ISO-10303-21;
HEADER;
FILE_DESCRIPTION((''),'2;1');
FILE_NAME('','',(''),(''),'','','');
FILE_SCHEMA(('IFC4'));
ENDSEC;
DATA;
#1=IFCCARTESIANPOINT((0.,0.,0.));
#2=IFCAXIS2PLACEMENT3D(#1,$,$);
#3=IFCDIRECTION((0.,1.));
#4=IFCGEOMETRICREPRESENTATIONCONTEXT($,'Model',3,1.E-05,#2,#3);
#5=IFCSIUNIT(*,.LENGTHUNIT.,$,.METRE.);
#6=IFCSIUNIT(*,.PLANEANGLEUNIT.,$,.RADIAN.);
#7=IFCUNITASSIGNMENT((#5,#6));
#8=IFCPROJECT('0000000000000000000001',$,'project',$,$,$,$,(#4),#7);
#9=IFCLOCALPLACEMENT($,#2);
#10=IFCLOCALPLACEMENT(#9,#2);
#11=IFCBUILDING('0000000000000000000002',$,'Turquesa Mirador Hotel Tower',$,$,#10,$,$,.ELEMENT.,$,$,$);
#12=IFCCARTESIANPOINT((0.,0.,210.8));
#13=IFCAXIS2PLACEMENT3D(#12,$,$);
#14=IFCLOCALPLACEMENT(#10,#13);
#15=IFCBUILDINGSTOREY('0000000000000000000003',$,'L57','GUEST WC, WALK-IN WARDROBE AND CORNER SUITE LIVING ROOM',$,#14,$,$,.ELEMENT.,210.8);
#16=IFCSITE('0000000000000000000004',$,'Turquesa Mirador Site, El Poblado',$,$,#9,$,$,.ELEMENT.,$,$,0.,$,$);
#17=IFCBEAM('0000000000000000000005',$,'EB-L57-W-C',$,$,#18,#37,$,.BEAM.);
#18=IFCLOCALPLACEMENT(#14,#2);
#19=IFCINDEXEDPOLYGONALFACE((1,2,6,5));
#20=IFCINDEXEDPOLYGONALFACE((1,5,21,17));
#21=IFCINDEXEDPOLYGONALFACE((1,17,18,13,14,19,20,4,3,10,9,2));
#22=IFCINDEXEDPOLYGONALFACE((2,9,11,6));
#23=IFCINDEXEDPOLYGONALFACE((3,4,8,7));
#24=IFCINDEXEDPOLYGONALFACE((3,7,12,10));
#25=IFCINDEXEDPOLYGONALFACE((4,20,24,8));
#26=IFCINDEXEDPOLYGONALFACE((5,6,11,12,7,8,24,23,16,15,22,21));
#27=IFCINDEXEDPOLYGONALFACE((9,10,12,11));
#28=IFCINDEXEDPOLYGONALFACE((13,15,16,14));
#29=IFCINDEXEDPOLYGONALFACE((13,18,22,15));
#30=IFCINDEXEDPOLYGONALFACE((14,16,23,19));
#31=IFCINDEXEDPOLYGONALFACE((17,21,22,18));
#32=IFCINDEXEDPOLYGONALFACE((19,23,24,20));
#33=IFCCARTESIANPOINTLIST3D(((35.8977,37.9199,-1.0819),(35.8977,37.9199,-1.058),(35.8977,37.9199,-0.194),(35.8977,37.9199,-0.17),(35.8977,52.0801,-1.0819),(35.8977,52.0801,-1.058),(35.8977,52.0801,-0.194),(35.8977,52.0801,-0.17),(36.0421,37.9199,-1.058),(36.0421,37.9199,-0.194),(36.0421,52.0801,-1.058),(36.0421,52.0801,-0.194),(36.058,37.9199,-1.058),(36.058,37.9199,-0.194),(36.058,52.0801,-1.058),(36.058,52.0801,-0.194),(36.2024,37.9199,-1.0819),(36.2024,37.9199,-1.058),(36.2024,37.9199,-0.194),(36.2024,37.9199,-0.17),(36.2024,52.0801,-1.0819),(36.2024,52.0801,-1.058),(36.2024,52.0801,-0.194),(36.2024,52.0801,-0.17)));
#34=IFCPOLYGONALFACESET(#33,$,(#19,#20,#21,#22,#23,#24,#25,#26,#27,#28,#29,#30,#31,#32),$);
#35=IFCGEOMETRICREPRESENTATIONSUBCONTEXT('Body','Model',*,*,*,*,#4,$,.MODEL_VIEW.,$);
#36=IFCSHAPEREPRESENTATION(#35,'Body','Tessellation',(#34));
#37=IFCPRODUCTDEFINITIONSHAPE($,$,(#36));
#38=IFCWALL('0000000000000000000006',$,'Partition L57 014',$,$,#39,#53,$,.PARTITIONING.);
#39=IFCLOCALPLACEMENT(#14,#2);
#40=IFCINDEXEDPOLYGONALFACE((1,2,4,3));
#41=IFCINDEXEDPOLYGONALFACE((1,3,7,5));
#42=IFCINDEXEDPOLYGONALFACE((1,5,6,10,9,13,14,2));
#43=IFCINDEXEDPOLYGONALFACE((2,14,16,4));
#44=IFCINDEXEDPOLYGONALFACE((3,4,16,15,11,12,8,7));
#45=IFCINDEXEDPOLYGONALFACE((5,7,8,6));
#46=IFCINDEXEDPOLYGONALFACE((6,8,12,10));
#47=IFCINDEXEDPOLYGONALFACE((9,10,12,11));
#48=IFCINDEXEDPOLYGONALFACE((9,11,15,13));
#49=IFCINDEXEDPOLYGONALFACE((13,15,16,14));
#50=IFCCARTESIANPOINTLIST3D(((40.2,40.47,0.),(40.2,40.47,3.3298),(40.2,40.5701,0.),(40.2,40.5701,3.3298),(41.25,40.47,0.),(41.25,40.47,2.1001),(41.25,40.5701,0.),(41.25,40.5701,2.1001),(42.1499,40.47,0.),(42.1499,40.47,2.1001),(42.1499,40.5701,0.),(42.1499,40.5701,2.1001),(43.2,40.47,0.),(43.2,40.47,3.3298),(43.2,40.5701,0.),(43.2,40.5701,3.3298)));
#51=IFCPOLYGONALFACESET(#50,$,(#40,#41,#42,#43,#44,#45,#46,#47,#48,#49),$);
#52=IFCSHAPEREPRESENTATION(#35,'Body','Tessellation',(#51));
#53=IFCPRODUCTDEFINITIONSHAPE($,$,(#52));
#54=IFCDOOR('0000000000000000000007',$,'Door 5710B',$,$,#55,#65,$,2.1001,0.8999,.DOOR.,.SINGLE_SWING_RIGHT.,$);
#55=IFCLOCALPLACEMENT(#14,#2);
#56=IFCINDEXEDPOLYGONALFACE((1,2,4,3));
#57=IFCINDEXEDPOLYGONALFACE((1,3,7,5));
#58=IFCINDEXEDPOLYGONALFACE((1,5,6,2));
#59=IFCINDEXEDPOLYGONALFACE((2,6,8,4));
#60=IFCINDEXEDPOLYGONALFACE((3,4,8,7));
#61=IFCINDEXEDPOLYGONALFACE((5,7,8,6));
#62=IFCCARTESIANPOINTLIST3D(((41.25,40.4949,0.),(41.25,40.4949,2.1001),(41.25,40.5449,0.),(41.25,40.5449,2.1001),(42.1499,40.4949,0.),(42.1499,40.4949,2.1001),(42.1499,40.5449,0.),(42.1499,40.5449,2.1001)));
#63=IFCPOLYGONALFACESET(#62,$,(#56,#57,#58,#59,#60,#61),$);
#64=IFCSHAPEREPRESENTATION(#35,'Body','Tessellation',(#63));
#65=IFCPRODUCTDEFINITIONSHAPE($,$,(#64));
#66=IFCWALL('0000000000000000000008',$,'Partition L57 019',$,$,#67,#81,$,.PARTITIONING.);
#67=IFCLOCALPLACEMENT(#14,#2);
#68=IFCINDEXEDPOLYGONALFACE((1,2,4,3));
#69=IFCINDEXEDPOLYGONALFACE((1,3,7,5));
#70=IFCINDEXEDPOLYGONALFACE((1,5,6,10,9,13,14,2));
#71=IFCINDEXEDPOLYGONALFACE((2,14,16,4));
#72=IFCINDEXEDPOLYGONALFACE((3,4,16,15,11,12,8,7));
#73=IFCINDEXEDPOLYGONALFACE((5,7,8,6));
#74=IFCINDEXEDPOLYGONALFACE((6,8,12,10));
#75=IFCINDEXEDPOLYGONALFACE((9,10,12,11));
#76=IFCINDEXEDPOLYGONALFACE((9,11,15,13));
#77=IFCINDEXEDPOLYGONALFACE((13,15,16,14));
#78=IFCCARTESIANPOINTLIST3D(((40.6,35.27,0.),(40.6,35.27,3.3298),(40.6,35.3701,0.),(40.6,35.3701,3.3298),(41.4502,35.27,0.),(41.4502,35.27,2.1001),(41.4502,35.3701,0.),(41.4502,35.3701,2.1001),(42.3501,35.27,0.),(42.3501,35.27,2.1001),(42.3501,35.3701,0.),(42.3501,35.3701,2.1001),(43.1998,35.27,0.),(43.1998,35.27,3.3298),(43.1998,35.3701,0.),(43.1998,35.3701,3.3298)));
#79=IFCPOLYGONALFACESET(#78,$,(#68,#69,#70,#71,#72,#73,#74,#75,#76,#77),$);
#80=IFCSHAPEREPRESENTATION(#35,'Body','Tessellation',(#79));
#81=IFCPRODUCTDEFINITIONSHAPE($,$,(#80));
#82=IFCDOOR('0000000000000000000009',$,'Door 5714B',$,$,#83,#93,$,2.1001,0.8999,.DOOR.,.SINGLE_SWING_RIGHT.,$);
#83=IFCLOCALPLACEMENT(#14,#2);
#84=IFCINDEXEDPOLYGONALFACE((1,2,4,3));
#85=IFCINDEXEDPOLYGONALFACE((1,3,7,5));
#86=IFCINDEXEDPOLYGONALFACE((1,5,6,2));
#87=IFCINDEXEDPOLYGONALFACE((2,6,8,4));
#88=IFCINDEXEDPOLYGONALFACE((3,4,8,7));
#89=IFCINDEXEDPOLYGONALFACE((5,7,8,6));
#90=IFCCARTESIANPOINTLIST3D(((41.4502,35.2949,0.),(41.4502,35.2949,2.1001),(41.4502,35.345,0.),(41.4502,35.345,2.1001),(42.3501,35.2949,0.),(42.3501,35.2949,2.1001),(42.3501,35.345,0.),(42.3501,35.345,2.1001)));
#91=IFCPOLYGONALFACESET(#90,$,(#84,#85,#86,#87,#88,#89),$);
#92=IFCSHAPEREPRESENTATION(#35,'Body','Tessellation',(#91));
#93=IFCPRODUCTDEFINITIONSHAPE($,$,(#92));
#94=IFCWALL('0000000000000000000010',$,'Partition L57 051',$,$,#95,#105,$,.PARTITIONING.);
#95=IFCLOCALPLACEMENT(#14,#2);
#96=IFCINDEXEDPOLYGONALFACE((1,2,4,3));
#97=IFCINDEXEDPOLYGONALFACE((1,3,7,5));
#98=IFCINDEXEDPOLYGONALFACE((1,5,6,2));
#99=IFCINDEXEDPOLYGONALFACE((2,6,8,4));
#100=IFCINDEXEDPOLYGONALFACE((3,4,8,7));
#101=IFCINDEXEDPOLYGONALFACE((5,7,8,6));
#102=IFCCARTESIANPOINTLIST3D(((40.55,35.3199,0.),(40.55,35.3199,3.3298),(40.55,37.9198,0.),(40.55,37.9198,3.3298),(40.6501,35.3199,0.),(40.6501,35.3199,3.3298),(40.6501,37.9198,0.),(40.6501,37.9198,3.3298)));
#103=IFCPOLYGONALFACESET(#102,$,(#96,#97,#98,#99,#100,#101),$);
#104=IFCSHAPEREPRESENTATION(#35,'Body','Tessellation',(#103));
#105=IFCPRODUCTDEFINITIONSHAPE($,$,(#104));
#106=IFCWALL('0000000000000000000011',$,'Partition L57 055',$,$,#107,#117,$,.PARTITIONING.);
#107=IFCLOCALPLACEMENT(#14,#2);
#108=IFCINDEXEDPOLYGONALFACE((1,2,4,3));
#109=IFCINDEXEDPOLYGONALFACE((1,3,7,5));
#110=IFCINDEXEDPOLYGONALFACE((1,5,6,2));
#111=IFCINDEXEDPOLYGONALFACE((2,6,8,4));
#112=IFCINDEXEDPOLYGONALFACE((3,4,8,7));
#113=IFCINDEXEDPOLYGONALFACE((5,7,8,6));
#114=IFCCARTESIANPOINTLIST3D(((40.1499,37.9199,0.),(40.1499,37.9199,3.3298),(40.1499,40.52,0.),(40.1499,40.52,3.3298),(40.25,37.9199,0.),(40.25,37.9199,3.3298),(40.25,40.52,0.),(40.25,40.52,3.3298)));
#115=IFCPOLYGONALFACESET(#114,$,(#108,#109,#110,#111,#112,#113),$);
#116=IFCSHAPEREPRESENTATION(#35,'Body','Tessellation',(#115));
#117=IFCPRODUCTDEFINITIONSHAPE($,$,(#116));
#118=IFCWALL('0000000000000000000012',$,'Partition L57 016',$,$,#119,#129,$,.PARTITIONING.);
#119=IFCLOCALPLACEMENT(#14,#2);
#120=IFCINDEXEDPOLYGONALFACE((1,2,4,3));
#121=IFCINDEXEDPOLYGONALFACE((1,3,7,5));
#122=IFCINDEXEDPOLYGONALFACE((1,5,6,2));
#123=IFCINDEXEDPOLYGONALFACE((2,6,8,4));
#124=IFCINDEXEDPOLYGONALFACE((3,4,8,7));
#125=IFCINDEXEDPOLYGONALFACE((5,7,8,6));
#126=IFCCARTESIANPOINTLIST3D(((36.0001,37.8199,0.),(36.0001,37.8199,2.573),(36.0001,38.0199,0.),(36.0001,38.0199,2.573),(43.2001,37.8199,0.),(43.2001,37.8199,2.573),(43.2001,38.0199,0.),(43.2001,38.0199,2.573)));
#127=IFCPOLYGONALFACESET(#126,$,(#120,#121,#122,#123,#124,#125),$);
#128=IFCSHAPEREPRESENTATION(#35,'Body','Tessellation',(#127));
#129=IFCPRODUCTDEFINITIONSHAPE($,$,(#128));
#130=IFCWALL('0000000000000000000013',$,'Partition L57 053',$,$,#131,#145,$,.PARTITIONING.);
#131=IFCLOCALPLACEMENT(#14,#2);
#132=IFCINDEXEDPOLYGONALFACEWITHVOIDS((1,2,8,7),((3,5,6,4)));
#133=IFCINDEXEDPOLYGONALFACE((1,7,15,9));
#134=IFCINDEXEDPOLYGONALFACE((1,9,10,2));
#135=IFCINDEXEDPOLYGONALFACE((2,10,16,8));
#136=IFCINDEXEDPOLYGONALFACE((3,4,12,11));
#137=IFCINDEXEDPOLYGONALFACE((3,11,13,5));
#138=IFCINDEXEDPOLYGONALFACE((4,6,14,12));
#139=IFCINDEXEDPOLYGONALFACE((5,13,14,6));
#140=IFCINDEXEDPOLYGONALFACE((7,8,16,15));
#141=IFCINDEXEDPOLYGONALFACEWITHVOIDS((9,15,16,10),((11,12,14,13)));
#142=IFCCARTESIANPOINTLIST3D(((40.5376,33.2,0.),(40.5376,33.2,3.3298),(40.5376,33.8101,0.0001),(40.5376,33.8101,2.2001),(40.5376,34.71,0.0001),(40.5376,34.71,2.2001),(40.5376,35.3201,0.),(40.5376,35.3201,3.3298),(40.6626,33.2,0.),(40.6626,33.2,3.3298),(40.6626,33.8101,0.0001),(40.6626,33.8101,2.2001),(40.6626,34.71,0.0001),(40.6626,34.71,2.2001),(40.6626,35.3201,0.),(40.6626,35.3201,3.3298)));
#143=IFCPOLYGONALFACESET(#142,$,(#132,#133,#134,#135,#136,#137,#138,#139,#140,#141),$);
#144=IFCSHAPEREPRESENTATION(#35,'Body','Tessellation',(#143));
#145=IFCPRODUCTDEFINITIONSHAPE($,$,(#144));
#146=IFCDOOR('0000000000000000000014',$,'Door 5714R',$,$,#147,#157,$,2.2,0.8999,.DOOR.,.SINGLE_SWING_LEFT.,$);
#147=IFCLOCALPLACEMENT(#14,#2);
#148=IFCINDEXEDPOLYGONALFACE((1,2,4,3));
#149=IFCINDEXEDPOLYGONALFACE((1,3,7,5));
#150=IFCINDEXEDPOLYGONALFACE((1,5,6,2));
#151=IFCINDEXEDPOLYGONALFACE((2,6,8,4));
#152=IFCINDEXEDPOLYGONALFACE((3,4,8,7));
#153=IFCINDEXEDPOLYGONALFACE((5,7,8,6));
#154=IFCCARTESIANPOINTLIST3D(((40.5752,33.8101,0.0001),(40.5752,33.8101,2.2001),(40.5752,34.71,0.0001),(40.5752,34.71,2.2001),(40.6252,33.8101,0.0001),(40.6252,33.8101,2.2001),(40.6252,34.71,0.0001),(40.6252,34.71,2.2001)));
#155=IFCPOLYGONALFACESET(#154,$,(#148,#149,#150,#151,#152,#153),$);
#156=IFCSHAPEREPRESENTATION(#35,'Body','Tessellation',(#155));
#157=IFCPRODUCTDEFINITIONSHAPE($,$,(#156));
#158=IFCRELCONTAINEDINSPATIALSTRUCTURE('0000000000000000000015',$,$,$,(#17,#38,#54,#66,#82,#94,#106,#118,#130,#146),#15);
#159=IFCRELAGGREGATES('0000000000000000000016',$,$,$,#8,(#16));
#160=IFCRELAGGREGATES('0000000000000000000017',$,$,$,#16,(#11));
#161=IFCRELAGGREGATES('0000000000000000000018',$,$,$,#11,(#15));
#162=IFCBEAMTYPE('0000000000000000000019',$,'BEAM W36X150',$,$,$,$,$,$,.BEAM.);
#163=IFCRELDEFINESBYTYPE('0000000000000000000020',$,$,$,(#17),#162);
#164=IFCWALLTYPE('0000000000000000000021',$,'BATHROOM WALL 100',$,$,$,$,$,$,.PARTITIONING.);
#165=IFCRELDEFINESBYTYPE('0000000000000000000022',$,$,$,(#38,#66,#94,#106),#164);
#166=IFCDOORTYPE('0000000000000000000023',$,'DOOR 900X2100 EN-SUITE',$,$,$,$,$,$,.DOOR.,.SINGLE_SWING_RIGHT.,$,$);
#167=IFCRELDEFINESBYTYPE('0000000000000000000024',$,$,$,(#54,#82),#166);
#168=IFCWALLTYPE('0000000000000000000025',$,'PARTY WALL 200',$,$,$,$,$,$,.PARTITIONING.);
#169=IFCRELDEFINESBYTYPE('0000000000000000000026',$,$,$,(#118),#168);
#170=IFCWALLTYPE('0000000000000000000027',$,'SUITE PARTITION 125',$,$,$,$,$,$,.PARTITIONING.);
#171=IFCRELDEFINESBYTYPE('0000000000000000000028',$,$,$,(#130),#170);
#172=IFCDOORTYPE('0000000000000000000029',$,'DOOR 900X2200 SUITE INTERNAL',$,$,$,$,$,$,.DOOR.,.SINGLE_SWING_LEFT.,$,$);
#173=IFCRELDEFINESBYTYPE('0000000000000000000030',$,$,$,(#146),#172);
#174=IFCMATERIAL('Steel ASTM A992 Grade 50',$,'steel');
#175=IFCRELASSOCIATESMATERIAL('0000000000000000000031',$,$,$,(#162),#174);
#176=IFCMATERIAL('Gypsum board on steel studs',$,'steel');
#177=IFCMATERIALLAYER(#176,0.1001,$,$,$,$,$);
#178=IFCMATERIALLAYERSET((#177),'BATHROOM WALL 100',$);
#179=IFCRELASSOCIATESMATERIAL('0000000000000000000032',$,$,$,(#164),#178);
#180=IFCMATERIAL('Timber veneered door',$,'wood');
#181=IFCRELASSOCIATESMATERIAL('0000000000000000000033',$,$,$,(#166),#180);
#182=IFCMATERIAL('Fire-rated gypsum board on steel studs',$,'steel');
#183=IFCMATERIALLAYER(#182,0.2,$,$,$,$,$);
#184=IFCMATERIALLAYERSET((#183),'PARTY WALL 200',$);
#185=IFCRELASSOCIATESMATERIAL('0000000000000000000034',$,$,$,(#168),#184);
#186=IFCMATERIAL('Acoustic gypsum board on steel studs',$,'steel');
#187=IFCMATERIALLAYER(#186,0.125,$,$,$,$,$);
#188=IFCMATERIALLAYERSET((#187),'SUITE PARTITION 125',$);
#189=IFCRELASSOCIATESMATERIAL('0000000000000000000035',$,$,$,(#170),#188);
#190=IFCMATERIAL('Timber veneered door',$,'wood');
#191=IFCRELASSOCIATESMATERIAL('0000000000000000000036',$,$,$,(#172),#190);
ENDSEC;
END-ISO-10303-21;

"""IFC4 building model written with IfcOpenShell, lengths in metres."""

from ifc_helpers import new_model, si_unit, direction, frame, frame_2d, origin, origin_2d, place, context, subcontext, project, spatial, rectangle, i_section, extrude, material, layer, layer_set, material_profile, profile_set, type_object, element, fill, save


model = new_model("IFC4")

# Units and contexts
model_context = context("Model", 3, precision=1e-05, world=origin(), true_north=direction((0.0, 1.0)))
body_context = subcontext(model_context, "Body", "Model", "MODEL_VIEW")
ifc_project = project(units=[si_unit("LENGTHUNIT", "METRE"), si_unit("PLANEANGLEUNIT", "RADIAN")], contexts=[model_context])

# Site, building, storey
site_placement = place(None, origin())
site = spatial("IfcSite", under=ifc_project, at=site_placement, Name="Turquesa Mirador Site, El Poblado", CompositionType="ELEMENT", RefElevation=0.0)
building_placement = place(site_placement, origin())
building = spatial("IfcBuilding", under=site, at=building_placement, Name="Turquesa Mirador Hotel Tower", CompositionType="ELEMENT")
storey_placement = place(building_placement, frame((0.0, 0.0, 210.8)))
storey = spatial("IfcBuildingStorey", under=building, at=storey_placement, Name="L57", Description="GUEST WC, WALK-IN WARDROBE AND CORNER SUITE LIVING ROOM", CompositionType="ELEMENT", Elevation=210.8)

# Beam
ifc_material_1 = material(Name="Steel ASTM A992 Grade 50", Category="steel")
ifc_material_profile_1 = material_profile(ifc_material_1, i_section(OverallWidth=0.3047, OverallDepth=0.9119, WebThickness=0.0159, FlangeThickness=0.0239, at=origin_2d()), Name="W36X150")
ifc_profile_set_1 = profile_set([ifc_material_profile_1], Name="Steel ASTM A992 Grade 50")
beam_type_1 = type_object("IfcBeamType", Name="BEAM W36X150", PredefinedType="BEAM", material=ifc_profile_set_1)
beam_1_placement = place(storey_placement, frame((36.05, 37.9199, -0.626), z_axis=(0.0, 1.0, 0.0), x_axis=(-1.0, 0.0, 0.0)))
element("IfcBeam", 1, at=beam_1_placement, inside=storey, type_object=beam_type_1, Name="EB-L57-W-C", PredefinedType="BEAM", context=body_context, shape_type="SweptSolid", body=[
    extrude(i_section(OverallWidth=0.3047, OverallDepth=0.9119, WebThickness=0.0159, FlangeThickness=0.0239, at=origin_2d()), origin(), (0.0, 0.0, 1.0), 14.1602),
])

# Walls, openings, doors
ifc_material_2 = material(Name="Gypsum board on steel studs", Category="steel")
ifc_layer_1 = layer(ifc_material_2, 0.1001)
ifc_layer_set_1 = layer_set([ifc_layer_1], Name="BATHROOM WALL 100")
wall_type_1 = type_object("IfcWallType", Name="BATHROOM WALL 100", PredefinedType="PARTITIONING", material=ifc_layer_set_1)
wall_1_placement = place(storey_placement, frame((40.2, 40.52, 0.0), z_axis=(0.0, 0.0, 1.0), x_axis=(1.0, 0.0, 0.0)))
wall_1 = element("IfcWall", 2, at=wall_1_placement, inside=storey, type_object=wall_type_1, Name="Partition L57 014", PredefinedType="PARTITIONING", context=body_context, shape_type="SweptSolid", body=[
    extrude(rectangle(XDim=3.0, YDim=0.1001, at=frame_2d((1.5, 0.0))), origin(), (0.0, 0.0, 1.0), 3.3298),
])
opening_1_placement = place(wall_1_placement, frame((1.05, 0.0, 0.0)))
opening_1 = element("IfcOpeningElement", 3, at=opening_1_placement, cuts=wall_1, PredefinedType="OPENING", context=body_context, shape_type="SweptSolid", body=[
    extrude(rectangle(XDim=0.8999, YDim=2.1001, at=frame_2d((0.45, 1.05))), frame((0.0, 0.0601, 0.0), z_axis=(0.0, -1.0, 0.0), x_axis=(1.0, 0.0, 0.0)), (0.0, 0.0, 1.0), 0.1201),
])
ifc_material_3 = material(Name="Timber veneered door", Category="wood")
door_type_1 = type_object("IfcDoorType", Name="DOOR 900X2100 EN-SUITE", OperationType="SINGLE_SWING_RIGHT", PredefinedType="DOOR", material=ifc_material_3)
door_1_placement = place(opening_1_placement, origin())
door_1 = element("IfcDoor", 4, at=door_1_placement, inside=storey, type_object=door_type_1, Name="Door 5710B", OperationType="SINGLE_SWING_RIGHT", OverallHeight=2.1001, OverallWidth=0.8999, PredefinedType="DOOR", context=body_context, shape_type="SweptSolid", body=[
    extrude(rectangle(XDim=0.8999, YDim=2.1001, at=frame_2d((0.45, 1.05))), frame((0.0, 0.0249, 0.0), z_axis=(0.0, -1.0, 0.0), x_axis=(1.0, 0.0, 0.0)), (0.0, 0.0, 1.0), 0.05),
])
fill(opening_1, door_1)
wall_2_placement = place(storey_placement, frame((40.6001, 35.3201, 0.0), z_axis=(0.0, 0.0, 1.0), x_axis=(1.0, 0.0, 0.0)))
wall_2 = element("IfcWall", 5, at=wall_2_placement, inside=storey, type_object=wall_type_1, Name="Partition L57 019", PredefinedType="PARTITIONING", context=body_context, shape_type="SweptSolid", body=[
    extrude(rectangle(XDim=2.5999, YDim=0.1001, at=frame_2d((1.2998, 0.0))), origin(), (0.0, 0.0, 1.0), 3.3298),
])
opening_2_placement = place(wall_2_placement, frame((0.8501, 0.0, 0.0)))
opening_2 = element("IfcOpeningElement", 6, at=opening_2_placement, cuts=wall_2, PredefinedType="OPENING", context=body_context, shape_type="SweptSolid", body=[
    extrude(rectangle(XDim=0.8999, YDim=2.1001, at=frame_2d((0.45, 1.05))), frame((0.0, 0.0601, 0.0), z_axis=(0.0, -1.0, 0.0), x_axis=(1.0, 0.0, 0.0)), (0.0, 0.0, 1.0), 0.1201),
])
door_2_placement = place(opening_2_placement, origin())
door_2 = element("IfcDoor", 7, at=door_2_placement, inside=storey, type_object=door_type_1, Name="Door 5714B", OperationType="SINGLE_SWING_RIGHT", OverallHeight=2.1001, OverallWidth=0.8999, PredefinedType="DOOR", context=body_context, shape_type="SweptSolid", body=[
    extrude(rectangle(XDim=0.8999, YDim=2.1001, at=frame_2d((0.45, 1.05))), frame((0.0, 0.0249, 0.0), z_axis=(0.0, -1.0, 0.0), x_axis=(1.0, 0.0, 0.0)), (0.0, 0.0, 1.0), 0.05),
])
fill(opening_2, door_2)

# Walls
wall_3_placement = place(storey_placement, frame((40.6001, 35.3201, 0.0), z_axis=(0.0, 0.0, 1.0), x_axis=(0.0, 1.0, 0.0)))
element("IfcWall", 8, at=wall_3_placement, inside=storey, type_object=wall_type_1, Name="Partition L57 051", PredefinedType="PARTITIONING", context=body_context, shape_type="SweptSolid", body=[
    extrude(rectangle(XDim=2.5999, YDim=0.1001, at=frame_2d((1.2998, 0.0))), origin(), (0.0, 0.0, 1.0), 3.3298),
])
wall_4_placement = place(storey_placement, frame((40.2, 37.9199, 0.0), z_axis=(0.0, 0.0, 1.0), x_axis=(0.0, 1.0, 0.0)))
element("IfcWall", 9, at=wall_4_placement, inside=storey, type_object=wall_type_1, Name="Partition L57 055", PredefinedType="PARTITIONING", context=body_context, shape_type="SweptSolid", body=[
    extrude(rectangle(XDim=2.6001, YDim=0.1001, at=frame_2d((1.3, 0.0))), origin(), (0.0, 0.0, 1.0), 3.3298),
])
ifc_material_4 = material(Name="Fire-rated gypsum board on steel studs", Category="steel")
ifc_layer_2 = layer(ifc_material_4, 0.2)
ifc_layer_set_2 = layer_set([ifc_layer_2], Name="PARTY WALL 200")
wall_type_2 = type_object("IfcWallType", Name="PARTY WALL 200", PredefinedType="PARTITIONING", material=ifc_layer_set_2)
wall_5_placement = place(storey_placement, frame((36.0, 37.9199, 0.0), z_axis=(0.0, 0.0, 1.0), x_axis=(1.0, 0.0, 0.0)))
element("IfcWall", 10, at=wall_5_placement, inside=storey, type_object=wall_type_2, Name="Partition L57 016", PredefinedType="PARTITIONING", context=body_context, shape_type="SweptSolid", body=[
    extrude(rectangle(XDim=7.2, YDim=0.2, at=frame_2d((3.6001, 0.0))), origin(), (0.0, 0.0, 1.0), 2.573),
])

# Wall, opening, door
ifc_material_5 = material(Name="Acoustic gypsum board on steel studs", Category="steel")
ifc_layer_3 = layer(ifc_material_5, 0.125)
ifc_layer_set_3 = layer_set([ifc_layer_3], Name="SUITE PARTITION 125")
wall_type_3 = type_object("IfcWallType", Name="SUITE PARTITION 125", PredefinedType="PARTITIONING", material=ifc_layer_set_3)
wall_6_placement = place(storey_placement, frame((40.6001, 33.2, 0.0), z_axis=(0.0, 0.0, 1.0), x_axis=(0.0, 1.0, 0.0)))
wall_6 = element("IfcWall", 11, at=wall_6_placement, inside=storey, type_object=wall_type_3, Name="Partition L57 053", PredefinedType="PARTITIONING", context=body_context, shape_type="SweptSolid", body=[
    extrude(rectangle(XDim=2.1201, YDim=0.125, at=frame_2d((1.0601, 0.0))), origin(), (0.0, 0.0, 1.0), 3.3298),
])
opening_3_placement = place(wall_6_placement, frame((0.6101, 0.0, 0.0)))
opening_3 = element("IfcOpeningElement", 12, at=opening_3_placement, cuts=wall_6, PredefinedType="OPENING", context=body_context, shape_type="SweptSolid", body=[
    extrude(rectangle(XDim=0.8999, YDim=2.2, at=frame_2d((0.45, 1.1001))), frame((0.0, 0.0725, 0.0), z_axis=(0.0, -1.0, 0.0), x_axis=(1.0, 0.0, 0.0)), (0.0, 0.0, 1.0), 0.145),
])
ifc_material_6 = material(Name="Timber veneered door", Category="wood")
door_type_2 = type_object("IfcDoorType", Name="DOOR 900X2200 SUITE INTERNAL", OperationType="SINGLE_SWING_LEFT", PredefinedType="DOOR", material=ifc_material_6)
door_3_placement = place(opening_3_placement, origin())
door_3 = element("IfcDoor", 13, at=door_3_placement, inside=storey, type_object=door_type_2, Name="Door 5714R", OperationType="SINGLE_SWING_LEFT", OverallHeight=2.2, OverallWidth=0.8999, PredefinedType="DOOR", context=body_context, shape_type="SweptSolid", body=[
    extrude(rectangle(XDim=0.8999, YDim=2.2, at=frame_2d((0.45, 1.1001))), frame((0.0, 0.0249, 0.0), z_axis=(0.0, -1.0, 0.0), x_axis=(1.0, 0.0, 0.0)), (0.0, 0.0, 1.0), 0.05),
])
fill(opening_3, door_3)

save(model, "model.ifc")
